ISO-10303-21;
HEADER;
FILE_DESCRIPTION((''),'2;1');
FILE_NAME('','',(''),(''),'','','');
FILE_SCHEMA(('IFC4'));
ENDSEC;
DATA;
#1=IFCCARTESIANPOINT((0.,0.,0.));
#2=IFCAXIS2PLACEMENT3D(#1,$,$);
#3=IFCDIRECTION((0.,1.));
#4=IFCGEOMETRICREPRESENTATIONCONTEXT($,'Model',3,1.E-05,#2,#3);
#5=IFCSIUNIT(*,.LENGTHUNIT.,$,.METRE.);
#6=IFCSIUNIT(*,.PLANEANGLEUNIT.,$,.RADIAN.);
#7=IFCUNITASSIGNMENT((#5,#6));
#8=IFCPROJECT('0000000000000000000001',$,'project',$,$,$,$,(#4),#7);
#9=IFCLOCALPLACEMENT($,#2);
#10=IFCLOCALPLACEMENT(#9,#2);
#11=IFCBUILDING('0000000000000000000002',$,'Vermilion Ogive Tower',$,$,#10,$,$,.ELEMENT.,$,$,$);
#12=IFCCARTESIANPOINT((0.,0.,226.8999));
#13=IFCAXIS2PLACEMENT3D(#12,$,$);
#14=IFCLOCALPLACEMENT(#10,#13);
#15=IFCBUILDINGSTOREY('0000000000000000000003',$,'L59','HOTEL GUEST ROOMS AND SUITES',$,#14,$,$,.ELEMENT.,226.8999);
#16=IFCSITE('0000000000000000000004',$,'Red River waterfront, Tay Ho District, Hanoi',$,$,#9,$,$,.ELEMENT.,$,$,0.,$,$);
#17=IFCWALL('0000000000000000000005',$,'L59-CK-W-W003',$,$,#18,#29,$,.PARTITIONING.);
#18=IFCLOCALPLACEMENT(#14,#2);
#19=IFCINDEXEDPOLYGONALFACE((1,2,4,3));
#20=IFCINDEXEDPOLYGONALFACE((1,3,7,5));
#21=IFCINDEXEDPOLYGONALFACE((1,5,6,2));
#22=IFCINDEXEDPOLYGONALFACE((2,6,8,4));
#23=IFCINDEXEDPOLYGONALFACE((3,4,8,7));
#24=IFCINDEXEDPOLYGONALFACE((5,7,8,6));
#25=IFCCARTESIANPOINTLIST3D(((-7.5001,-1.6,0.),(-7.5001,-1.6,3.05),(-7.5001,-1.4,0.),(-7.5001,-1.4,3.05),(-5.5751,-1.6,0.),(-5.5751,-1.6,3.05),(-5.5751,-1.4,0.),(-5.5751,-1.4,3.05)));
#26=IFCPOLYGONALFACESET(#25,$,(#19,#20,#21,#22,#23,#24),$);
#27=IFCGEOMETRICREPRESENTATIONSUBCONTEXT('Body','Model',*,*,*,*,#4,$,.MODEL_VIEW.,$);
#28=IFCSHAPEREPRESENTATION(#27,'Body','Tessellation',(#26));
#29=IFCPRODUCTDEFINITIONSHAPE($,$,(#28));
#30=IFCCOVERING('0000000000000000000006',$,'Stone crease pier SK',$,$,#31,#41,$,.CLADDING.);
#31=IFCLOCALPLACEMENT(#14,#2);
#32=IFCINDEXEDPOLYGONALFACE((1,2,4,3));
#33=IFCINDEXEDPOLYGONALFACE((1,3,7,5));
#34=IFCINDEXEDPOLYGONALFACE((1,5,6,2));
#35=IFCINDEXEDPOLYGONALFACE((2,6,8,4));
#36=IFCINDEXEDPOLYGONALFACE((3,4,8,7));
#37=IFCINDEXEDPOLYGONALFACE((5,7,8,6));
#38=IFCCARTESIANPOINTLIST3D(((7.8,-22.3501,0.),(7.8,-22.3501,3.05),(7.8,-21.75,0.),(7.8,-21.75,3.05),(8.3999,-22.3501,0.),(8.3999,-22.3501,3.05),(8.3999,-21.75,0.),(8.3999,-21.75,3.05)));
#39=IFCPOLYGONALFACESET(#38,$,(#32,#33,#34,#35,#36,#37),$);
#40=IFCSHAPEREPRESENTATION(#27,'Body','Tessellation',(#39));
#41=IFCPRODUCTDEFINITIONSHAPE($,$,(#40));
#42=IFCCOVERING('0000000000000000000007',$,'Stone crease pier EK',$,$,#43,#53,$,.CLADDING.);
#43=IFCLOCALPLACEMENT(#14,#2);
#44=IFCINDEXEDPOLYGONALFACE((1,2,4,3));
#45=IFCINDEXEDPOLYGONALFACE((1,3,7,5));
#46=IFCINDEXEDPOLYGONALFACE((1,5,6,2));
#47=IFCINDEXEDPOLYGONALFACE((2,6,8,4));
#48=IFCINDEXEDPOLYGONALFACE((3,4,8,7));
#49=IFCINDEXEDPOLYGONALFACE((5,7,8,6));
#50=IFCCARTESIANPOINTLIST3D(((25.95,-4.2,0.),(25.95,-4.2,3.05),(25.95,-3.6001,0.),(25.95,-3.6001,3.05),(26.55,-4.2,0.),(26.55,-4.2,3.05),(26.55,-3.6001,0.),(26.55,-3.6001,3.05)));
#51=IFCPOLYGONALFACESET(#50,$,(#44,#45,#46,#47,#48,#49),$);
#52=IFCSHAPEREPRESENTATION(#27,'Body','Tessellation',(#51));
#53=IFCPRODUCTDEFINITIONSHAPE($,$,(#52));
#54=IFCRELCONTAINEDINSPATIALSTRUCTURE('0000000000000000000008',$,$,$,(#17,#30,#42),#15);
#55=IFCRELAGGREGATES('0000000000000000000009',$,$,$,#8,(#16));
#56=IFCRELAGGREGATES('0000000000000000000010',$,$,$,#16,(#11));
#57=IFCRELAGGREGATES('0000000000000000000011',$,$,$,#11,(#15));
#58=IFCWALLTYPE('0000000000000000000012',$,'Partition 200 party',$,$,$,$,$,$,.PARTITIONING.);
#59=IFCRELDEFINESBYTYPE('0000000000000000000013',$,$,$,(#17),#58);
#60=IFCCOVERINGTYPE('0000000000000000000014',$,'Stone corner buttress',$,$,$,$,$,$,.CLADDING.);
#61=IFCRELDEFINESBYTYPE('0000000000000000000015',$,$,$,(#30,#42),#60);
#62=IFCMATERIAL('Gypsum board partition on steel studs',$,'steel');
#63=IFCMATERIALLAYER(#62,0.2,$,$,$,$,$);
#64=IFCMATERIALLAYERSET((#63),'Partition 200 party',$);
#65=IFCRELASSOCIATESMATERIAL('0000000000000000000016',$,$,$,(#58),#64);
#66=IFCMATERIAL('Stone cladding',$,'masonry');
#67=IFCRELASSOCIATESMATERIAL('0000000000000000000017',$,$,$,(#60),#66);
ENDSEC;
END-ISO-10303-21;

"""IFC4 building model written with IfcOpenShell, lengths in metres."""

from ifc_helpers import new_model, si_unit, direction, frame, frame_2d, origin, place, context, subcontext, project, spatial, polyline, rectangle, outline, extrude, material, layer, layer_set, type_object, element, save


model = new_model("IFC4")

# Units and contexts
model_context = context("Model", 3, precision=1e-05, world=origin(), true_north=direction((0.0, 1.0)))
body_context = subcontext(model_context, "Body", "Model", "MODEL_VIEW")
ifc_project = project(units=[si_unit("LENGTHUNIT", "METRE"), si_unit("PLANEANGLEUNIT", "RADIAN")], contexts=[model_context])

# Site, building, storey
site_placement = place(None, origin())
site = spatial("IfcSite", under=ifc_project, at=site_placement, Name="Red River waterfront, Tay Ho District, Hanoi", CompositionType="ELEMENT", RefElevation=0.0)
building_placement = place(site_placement, origin())
building = spatial("IfcBuilding", under=site, at=building_placement, Name="Vermilion Ogive Tower", CompositionType="ELEMENT")
storey_placement = place(building_placement, frame((0.0, 0.0, 226.8999)))
storey = spatial("IfcBuildingStorey", under=building, at=storey_placement, Name="L59", Description="HOTEL GUEST ROOMS AND SUITES", CompositionType="ELEMENT", Elevation=226.8999)

# Wall
ifc_material_1 = material(Name="Gypsum board partition on steel studs", Category="steel")
ifc_layer_1 = layer(ifc_material_1, 0.2)
ifc_layer_set_1 = layer_set([ifc_layer_1], Name="Partition 200 party")
wall_type_1 = type_object("IfcWallType", Name="Partition 200 party", PredefinedType="PARTITIONING", material=ifc_layer_set_1)
wall_1_placement = place(storey_placement, frame((-7.5, -1.5, 0.0), z_axis=(0.0, 0.0, 1.0), x_axis=(1.0, 0.0, 0.0)))
element("IfcWall", 1, at=wall_1_placement, inside=storey, type_object=wall_type_1, Name="L59-CK-W-W003", PredefinedType="PARTITIONING", context=body_context, shape_type="SweptSolid", body=[
    extrude(rectangle(XDim=1.925, YDim=0.2, at=frame_2d((0.9624, 0.0))), origin(), (0.0, 0.0, 1.0), 3.05),
])

# Coverings
ifc_material_2 = material(Name="Stone cladding", Category="masonry")
covering_type = type_object("IfcCoveringType", Name="Stone corner buttress", PredefinedType="CLADDING", material=ifc_material_2)
covering_1_placement = place(storey_placement, origin())
element("IfcCovering", 2, at=covering_1_placement, inside=storey, type_object=covering_type, Name="Stone crease pier SK", PredefinedType="CLADDING", context=body_context, shape_type="SweptSolid", body=[
    extrude(outline(polyline([(7.8, -22.3501), (8.3999, -22.3501), (8.3999, -21.75), (7.8, -21.75), (7.8, -22.3501)])), origin(), (0.0, 0.0, 1.0), 3.05),
])
covering_2_placement = place(storey_placement, origin())
element("IfcCovering", 3, at=covering_2_placement, inside=storey, type_object=covering_type, Name="Stone crease pier EK", PredefinedType="CLADDING", context=body_context, shape_type="SweptSolid", body=[
    extrude(outline(polyline([(26.55, -4.2), (26.55, -3.6001), (25.95, -3.6001), (25.95, -4.2), (26.55, -4.2)])), origin(), (0.0, 0.0, 1.0), 3.05),
])

save(model, "model.ifc")
